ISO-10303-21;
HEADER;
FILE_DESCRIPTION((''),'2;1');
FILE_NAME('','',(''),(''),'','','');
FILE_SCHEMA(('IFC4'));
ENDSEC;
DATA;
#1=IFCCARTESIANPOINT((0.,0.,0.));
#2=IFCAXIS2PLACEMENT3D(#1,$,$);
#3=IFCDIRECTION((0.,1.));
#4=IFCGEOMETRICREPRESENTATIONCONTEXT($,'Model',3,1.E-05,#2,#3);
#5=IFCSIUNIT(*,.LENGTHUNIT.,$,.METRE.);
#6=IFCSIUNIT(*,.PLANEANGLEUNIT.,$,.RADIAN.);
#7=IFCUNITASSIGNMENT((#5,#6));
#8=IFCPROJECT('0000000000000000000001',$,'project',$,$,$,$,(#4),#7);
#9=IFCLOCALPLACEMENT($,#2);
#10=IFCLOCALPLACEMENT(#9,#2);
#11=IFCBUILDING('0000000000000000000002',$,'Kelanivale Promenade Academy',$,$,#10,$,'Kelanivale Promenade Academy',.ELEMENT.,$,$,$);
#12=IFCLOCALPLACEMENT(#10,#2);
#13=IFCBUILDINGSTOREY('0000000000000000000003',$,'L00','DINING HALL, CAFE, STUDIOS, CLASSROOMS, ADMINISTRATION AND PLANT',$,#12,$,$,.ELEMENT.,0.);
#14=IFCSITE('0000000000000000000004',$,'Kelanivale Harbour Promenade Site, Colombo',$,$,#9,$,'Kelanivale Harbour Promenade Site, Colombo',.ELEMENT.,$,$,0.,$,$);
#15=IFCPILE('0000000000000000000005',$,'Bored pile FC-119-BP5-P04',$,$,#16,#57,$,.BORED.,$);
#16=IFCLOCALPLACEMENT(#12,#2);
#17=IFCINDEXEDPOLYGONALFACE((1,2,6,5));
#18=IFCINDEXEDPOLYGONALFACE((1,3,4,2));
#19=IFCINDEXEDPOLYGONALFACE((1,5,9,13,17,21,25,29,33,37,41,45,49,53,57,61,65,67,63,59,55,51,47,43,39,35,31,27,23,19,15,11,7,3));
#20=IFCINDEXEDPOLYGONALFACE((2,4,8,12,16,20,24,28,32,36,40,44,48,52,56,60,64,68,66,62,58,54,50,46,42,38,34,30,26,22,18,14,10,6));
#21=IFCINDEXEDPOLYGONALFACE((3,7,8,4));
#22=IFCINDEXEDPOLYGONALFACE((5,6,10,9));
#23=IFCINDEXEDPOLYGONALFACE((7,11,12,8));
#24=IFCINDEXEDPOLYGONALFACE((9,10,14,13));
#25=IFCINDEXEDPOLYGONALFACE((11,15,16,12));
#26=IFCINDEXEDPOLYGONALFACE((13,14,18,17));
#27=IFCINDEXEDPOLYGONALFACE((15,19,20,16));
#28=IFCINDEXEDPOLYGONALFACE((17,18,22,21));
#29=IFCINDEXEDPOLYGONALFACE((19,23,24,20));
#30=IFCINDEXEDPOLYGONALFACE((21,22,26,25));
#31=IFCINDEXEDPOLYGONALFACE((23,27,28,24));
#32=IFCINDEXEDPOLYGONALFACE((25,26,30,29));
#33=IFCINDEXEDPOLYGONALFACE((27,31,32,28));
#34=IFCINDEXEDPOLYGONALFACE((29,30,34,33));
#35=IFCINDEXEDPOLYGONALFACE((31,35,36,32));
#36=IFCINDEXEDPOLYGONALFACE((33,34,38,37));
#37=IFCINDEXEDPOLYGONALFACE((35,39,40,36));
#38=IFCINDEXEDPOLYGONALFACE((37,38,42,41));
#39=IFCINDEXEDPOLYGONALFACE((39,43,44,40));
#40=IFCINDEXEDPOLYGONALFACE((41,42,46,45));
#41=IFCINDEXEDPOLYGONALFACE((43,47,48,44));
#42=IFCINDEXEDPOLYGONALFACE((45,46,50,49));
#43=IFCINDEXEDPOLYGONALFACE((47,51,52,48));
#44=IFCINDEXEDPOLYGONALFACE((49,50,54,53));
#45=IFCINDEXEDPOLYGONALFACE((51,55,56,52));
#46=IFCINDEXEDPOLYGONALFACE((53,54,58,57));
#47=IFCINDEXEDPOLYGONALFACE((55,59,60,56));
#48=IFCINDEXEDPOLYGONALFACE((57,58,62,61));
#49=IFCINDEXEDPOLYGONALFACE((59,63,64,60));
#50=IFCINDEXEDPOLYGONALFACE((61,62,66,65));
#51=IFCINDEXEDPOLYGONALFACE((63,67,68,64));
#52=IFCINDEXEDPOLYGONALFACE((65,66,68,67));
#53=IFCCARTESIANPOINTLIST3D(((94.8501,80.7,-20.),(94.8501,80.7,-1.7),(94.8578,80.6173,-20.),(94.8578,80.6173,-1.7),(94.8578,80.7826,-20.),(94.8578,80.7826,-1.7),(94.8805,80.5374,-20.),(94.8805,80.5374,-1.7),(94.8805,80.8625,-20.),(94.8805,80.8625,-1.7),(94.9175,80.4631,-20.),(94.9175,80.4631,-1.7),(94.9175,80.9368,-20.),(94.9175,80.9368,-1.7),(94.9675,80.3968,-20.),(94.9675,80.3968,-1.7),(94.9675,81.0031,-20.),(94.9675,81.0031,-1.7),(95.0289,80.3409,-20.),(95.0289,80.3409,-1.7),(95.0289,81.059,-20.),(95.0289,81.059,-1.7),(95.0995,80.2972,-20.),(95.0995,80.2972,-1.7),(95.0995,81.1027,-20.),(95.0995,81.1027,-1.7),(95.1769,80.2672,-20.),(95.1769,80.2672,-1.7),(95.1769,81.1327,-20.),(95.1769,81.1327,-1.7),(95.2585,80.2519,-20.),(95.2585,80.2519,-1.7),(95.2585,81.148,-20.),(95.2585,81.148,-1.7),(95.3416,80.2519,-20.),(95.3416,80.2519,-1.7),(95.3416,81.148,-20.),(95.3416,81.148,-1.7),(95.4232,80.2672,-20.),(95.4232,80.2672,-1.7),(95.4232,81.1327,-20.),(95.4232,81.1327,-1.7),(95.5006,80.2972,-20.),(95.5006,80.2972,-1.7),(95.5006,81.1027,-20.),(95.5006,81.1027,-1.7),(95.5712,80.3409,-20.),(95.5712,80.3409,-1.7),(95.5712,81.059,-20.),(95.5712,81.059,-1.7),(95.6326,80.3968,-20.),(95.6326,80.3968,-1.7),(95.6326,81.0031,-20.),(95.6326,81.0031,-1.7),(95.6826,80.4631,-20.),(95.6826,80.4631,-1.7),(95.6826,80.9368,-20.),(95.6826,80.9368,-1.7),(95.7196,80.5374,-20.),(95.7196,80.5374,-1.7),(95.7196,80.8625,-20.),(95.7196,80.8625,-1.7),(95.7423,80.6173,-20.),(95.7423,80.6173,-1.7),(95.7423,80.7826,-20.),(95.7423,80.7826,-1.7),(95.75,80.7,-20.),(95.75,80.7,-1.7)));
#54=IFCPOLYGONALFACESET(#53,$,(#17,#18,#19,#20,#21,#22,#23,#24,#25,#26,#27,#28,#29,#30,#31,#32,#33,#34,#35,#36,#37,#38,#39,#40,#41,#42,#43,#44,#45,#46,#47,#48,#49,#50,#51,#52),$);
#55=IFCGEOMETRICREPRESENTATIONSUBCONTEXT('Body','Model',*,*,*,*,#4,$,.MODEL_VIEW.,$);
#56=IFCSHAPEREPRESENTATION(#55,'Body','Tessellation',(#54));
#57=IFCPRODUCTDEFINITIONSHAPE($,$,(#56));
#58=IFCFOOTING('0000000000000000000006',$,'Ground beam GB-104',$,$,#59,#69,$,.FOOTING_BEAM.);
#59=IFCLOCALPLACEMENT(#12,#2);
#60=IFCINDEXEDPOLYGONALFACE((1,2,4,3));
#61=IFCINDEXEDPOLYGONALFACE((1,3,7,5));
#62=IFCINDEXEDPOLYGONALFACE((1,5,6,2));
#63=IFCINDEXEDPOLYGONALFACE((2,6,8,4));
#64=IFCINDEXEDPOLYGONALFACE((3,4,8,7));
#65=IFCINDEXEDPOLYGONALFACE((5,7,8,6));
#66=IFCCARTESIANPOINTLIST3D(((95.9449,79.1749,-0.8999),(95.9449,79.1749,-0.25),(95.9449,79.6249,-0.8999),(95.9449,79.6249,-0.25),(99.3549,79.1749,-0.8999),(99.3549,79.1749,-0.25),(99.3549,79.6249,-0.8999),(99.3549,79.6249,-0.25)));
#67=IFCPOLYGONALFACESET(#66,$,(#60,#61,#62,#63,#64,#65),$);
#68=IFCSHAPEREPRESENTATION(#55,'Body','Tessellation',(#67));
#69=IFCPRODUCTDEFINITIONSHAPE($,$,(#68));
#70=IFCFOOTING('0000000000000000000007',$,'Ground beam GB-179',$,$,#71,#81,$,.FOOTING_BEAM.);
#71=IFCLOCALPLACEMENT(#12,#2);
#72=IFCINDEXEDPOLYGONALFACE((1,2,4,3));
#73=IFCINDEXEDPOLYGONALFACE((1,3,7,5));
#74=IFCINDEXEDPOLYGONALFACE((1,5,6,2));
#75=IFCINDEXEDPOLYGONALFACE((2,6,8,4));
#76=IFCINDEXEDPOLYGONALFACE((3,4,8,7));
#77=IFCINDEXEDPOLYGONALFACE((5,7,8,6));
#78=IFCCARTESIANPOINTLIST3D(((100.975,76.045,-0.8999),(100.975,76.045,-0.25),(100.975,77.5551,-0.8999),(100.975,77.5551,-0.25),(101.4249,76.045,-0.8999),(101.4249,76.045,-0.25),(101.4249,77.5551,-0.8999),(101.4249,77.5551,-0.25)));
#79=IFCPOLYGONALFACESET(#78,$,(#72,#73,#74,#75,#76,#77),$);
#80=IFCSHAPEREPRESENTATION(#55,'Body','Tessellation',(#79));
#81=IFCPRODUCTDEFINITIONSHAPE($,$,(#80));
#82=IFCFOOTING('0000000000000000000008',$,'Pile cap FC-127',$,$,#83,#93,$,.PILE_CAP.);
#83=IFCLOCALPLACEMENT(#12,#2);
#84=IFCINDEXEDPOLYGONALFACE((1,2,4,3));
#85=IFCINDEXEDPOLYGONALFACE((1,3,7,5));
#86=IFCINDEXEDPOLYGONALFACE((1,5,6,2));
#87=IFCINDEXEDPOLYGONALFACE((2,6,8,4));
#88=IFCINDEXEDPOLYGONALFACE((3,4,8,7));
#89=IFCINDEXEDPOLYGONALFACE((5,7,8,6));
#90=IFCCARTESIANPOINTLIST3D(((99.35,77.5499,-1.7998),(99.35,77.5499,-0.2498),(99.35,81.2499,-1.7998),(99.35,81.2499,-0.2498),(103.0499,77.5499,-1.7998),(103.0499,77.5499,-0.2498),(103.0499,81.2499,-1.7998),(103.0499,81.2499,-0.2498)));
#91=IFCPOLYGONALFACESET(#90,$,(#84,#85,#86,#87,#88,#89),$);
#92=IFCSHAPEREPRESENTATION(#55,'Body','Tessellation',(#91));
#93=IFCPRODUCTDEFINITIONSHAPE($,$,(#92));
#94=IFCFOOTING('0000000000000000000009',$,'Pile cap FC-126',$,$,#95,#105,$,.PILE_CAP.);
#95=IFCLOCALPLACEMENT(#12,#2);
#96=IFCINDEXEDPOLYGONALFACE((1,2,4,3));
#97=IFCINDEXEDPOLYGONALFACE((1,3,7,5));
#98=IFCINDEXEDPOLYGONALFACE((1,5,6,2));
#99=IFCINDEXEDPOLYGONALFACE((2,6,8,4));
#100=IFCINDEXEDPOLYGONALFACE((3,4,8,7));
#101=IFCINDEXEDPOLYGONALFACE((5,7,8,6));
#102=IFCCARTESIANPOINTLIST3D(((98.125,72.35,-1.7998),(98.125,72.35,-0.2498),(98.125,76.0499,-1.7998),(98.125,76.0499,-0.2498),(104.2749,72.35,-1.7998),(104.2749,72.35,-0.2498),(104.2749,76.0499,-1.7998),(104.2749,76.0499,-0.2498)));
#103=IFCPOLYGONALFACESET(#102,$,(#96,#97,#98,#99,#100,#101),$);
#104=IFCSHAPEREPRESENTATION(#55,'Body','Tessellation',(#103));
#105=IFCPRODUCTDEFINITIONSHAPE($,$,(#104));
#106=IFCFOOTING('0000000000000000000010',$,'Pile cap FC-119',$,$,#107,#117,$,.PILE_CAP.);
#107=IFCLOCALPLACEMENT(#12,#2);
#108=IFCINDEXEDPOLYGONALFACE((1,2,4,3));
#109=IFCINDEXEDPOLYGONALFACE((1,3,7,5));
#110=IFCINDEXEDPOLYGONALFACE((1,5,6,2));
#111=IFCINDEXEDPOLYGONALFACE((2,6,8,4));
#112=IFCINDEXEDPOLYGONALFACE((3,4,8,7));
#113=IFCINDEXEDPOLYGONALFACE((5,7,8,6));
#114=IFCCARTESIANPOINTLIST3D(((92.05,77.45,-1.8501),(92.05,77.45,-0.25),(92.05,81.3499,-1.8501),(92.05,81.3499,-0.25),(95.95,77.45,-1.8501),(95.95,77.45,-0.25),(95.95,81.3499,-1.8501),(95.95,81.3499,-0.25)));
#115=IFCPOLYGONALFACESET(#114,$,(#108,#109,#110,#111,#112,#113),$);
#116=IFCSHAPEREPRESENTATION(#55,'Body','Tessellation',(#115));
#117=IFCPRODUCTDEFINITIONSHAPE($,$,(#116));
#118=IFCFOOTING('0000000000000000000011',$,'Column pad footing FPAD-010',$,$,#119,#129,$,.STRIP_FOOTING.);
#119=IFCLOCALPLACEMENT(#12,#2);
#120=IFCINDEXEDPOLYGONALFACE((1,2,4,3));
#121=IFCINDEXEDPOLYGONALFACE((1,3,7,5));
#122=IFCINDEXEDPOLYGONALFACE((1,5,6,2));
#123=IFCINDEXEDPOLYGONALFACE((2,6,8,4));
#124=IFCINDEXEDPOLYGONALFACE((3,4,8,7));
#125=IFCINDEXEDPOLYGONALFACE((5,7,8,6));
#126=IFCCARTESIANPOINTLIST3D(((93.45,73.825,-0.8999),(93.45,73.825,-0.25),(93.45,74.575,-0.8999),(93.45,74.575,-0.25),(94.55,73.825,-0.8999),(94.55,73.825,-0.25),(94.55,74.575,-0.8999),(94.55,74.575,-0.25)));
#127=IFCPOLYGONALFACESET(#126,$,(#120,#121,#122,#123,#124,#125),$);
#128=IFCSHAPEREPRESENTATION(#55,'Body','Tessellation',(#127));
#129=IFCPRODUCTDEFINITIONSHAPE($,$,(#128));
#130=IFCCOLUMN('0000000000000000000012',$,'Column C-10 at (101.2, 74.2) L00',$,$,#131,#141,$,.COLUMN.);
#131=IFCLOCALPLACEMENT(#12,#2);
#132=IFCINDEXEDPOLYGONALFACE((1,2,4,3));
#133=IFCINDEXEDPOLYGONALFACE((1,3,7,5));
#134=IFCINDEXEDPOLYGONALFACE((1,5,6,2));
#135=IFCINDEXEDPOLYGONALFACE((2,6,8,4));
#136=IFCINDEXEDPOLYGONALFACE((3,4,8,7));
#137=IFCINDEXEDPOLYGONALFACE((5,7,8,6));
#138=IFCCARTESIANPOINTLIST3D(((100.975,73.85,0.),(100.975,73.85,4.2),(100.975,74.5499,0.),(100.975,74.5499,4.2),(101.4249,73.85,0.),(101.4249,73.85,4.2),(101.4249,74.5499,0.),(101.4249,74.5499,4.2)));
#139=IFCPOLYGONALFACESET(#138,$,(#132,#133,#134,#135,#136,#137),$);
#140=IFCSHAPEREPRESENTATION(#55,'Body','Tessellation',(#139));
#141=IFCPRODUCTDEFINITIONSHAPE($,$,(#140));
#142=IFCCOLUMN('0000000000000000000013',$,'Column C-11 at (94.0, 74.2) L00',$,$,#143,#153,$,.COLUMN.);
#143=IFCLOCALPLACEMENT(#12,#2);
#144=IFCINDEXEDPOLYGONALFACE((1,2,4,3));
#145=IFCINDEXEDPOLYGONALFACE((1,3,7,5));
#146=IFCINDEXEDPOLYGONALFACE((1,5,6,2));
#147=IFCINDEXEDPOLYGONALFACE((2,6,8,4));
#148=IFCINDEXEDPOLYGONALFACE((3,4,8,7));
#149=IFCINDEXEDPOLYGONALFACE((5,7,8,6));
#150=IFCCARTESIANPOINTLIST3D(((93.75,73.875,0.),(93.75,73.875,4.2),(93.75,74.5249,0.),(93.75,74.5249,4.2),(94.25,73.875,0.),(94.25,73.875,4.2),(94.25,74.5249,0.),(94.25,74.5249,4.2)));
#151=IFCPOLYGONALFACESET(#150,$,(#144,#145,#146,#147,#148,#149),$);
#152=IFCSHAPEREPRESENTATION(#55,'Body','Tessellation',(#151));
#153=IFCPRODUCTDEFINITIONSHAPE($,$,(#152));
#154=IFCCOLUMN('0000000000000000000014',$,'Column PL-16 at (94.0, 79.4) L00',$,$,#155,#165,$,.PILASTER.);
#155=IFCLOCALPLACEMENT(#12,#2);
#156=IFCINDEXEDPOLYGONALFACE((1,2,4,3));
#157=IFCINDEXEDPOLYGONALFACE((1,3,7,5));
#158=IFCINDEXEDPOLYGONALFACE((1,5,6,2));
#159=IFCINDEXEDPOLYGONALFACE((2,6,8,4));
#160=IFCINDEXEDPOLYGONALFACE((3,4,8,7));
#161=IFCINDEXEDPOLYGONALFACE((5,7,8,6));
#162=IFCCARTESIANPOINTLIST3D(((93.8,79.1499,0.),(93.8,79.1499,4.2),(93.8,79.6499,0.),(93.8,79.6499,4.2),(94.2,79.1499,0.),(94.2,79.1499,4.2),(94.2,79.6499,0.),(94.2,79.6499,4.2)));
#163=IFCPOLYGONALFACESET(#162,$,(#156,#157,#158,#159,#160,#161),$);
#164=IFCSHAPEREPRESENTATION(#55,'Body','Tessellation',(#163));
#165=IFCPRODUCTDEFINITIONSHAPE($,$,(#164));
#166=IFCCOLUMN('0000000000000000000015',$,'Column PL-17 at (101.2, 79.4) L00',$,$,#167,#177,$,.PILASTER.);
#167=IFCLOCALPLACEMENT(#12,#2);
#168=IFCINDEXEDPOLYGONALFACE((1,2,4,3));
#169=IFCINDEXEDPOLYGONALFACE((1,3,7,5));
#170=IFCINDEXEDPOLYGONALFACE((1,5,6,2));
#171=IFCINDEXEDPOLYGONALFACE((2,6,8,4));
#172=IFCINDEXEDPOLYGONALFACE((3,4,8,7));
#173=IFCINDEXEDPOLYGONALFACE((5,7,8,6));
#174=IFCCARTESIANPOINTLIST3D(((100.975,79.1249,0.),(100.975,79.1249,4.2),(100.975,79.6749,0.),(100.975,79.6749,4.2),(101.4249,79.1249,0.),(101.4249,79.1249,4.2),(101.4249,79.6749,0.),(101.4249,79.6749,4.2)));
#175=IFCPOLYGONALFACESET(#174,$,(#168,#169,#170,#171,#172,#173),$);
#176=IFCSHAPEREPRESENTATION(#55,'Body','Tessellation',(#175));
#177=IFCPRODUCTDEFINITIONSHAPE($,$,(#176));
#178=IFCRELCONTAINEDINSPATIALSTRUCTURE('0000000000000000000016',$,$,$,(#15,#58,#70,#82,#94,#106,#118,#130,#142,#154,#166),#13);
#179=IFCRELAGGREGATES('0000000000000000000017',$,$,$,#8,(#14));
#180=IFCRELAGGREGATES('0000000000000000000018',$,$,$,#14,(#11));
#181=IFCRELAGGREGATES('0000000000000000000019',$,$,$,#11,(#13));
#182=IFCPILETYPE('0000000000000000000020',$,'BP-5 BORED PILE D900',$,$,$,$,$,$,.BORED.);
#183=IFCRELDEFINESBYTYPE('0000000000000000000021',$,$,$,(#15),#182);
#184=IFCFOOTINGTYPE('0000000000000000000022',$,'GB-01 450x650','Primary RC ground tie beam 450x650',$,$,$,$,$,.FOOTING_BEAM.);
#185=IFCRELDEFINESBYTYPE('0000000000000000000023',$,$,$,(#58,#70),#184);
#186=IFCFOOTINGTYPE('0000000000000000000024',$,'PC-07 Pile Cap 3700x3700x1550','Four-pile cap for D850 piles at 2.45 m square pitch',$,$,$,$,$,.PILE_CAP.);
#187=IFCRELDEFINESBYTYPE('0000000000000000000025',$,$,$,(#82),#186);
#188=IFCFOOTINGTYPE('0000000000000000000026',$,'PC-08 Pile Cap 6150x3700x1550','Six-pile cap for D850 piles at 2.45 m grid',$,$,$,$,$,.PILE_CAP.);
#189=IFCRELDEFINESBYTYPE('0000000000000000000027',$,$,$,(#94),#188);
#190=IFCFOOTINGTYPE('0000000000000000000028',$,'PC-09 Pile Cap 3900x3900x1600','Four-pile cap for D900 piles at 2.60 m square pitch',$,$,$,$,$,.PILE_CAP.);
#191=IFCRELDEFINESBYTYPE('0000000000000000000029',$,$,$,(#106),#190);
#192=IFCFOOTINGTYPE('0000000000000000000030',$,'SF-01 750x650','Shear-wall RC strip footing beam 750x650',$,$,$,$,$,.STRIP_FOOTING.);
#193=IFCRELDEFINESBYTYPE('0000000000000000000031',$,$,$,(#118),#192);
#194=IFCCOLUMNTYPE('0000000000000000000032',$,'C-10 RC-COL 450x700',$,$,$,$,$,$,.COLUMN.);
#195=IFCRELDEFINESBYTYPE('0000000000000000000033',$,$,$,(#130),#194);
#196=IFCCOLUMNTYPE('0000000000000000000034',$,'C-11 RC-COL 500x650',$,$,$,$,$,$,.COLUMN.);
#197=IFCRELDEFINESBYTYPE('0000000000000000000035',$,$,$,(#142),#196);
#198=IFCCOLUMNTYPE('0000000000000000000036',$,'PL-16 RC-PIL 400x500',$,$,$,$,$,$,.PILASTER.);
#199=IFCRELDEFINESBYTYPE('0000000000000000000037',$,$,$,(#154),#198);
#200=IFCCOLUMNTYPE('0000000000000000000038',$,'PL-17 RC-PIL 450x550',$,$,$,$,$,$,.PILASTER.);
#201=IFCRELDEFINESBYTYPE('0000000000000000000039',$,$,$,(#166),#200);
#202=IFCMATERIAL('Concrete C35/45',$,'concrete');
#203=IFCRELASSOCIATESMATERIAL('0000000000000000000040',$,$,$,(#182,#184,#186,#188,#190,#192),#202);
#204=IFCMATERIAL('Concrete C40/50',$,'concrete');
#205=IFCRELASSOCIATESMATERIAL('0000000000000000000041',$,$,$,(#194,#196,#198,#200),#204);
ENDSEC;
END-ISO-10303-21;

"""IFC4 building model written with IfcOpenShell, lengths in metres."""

from ifc_helpers import new_model, si_unit, direction, frame, origin, origin_2d, place, context, subcontext, project, spatial, rectangle, circle, extrude, material, material_profile, profile_set, type_object, element, save


model = new_model("IFC4")

# Units and contexts
model_context = context("Model", 3, precision=1e-05, world=origin(), true_north=direction((0.0, 1.0)))
body_context = subcontext(model_context, "Body", "Model", "MODEL_VIEW")
ifc_project = project(units=[si_unit("LENGTHUNIT", "METRE"), si_unit("PLANEANGLEUNIT", "RADIAN")], contexts=[model_context])

# Site, building, storey
site_placement = place(None, origin())
site = spatial("IfcSite", under=ifc_project, at=site_placement, Name="Kelanivale Harbour Promenade Site, Colombo", LongName="Kelanivale Harbour Promenade Site, Colombo", CompositionType="ELEMENT", RefElevation=0.0)
building_placement = place(site_placement, origin())
building = spatial("IfcBuilding", under=site, at=building_placement, Name="Kelanivale Promenade Academy", LongName="Kelanivale Promenade Academy", CompositionType="ELEMENT")
storey_placement = place(building_placement, origin())
storey = spatial("IfcBuildingStorey", under=building, at=storey_placement, Name="L00", Description="DINING HALL, CAFE, STUDIOS, CLASSROOMS, ADMINISTRATION AND PLANT", CompositionType="ELEMENT", Elevation=0.0)

# Pile
ifc_material_1 = material(Name="Concrete C35/45", Category="concrete")
ifc_material_profile_1 = material_profile(ifc_material_1, circle(Radius=0.45, at=origin_2d()), Name="BORED PILE D900")
ifc_profile_set_1 = profile_set([ifc_material_profile_1], Name="Concrete C35/45")
pile_type_1 = type_object("IfcPileType", Name="BP-5 BORED PILE D900", PredefinedType="BORED", material=ifc_profile_set_1)
for number, where, z_axis, x_axis, name in (
    (1, (95.3, 80.7, -1.7), (0.0, 0.0, -1.0), (1.0, 0.0, 0.0), "Bored pile FC-119-BP5-P04"),
):
    element("IfcPile", number, at=place(storey_placement, frame(where, z_axis=z_axis, x_axis=x_axis)), inside=storey, type_object=pile_type_1, Name=name, PredefinedType="BORED", context=body_context, shape_type="SweptSolid", body=[
        extrude(circle(Radius=0.45, at=origin_2d()), origin(), (0.0, 0.0, 1.0), 18.3),
    ])

# Footings
footing_type_1 = type_object("IfcFootingType", Name="GB-01 450x650", Description="Primary RC ground tie beam 450x650", PredefinedType="FOOTING_BEAM", material=ifc_material_1)
footing_1_placement = place(storey_placement, frame((97.6499, 79.3999, -0.8999), z_axis=(0.0, 0.0, 1.0), x_axis=(1.0, 0.0, 0.0)))
element("IfcFooting", 2, at=footing_1_placement, inside=storey, type_object=footing_type_1, Name="Ground beam GB-104", PredefinedType="FOOTING_BEAM", context=body_context, shape_type="SweptSolid", body=[
    extrude(rectangle(XDim=3.4099, YDim=0.45, at=origin_2d()), origin(), (0.0, 0.0, 1.0), 0.6499),
])
footing_2_placement = place(storey_placement, frame((101.2, 76.8, -0.8999), z_axis=(0.0, 0.0, 1.0), x_axis=(0.0, 1.0, 0.0)))
element("IfcFooting", 3, at=footing_2_placement, inside=storey, type_object=footing_type_1, Name="Ground beam GB-179", PredefinedType="FOOTING_BEAM", context=body_context, shape_type="SweptSolid", body=[
    extrude(rectangle(XDim=1.51, YDim=0.45, at=origin_2d()), origin(), (0.0, 0.0, 1.0), 0.6499),
])
footing_type_2 = type_object("IfcFootingType", Name="PC-07 Pile Cap 3700x3700x1550", Description="Four-pile cap for D850 piles at 2.45 m square pitch", PredefinedType="PILE_CAP", material=ifc_material_1)
footing_3_placement = place(storey_placement, frame((101.2, 79.3999, -1.7998), z_axis=(0.0, 0.0, 1.0), x_axis=(1.0, 0.0, 0.0)))
element("IfcFooting", 4, at=footing_3_placement, inside=storey, type_object=footing_type_2, Name="Pile cap FC-127", PredefinedType="PILE_CAP", context=body_context, shape_type="SweptSolid", body=[
    extrude(rectangle(XDim=3.7, YDim=3.7, at=origin_2d()), origin(), (0.0, 0.0, 1.0), 1.55),
])
footing_type_3 = type_object("IfcFootingType", Name="PC-08 Pile Cap 6150x3700x1550", Description="Six-pile cap for D850 piles at 2.45 m grid", PredefinedType="PILE_CAP", material=ifc_material_1)
footing_4_placement = place(storey_placement, frame((101.2, 74.2, -1.7998), z_axis=(0.0, 0.0, 1.0), x_axis=(1.0, 0.0, 0.0)))
element("IfcFooting", 5, at=footing_4_placement, inside=storey, type_object=footing_type_3, Name="Pile cap FC-126", PredefinedType="PILE_CAP", context=body_context, shape_type="SweptSolid", body=[
    extrude(rectangle(XDim=6.1499, YDim=3.7, at=origin_2d()), origin(), (0.0, 0.0, 1.0), 1.55),
])
footing_type_4 = type_object("IfcFootingType", Name="PC-09 Pile Cap 3900x3900x1600", Description="Four-pile cap for D900 piles at 2.60 m square pitch", PredefinedType="PILE_CAP", material=ifc_material_1)
footing_5_placement = place(storey_placement, frame((94.0, 79.3999, -1.8501), z_axis=(0.0, 0.0, 1.0), x_axis=(1.0, 0.0, 0.0)))
element("IfcFooting", 6, at=footing_5_placement, inside=storey, type_object=footing_type_4, Name="Pile cap FC-119", PredefinedType="PILE_CAP", context=body_context, shape_type="SweptSolid", body=[
    extrude(rectangle(XDim=3.8999, YDim=3.8999, at=origin_2d()), origin(), (0.0, 0.0, 1.0), 1.6001),
])
footing_type_5 = type_object("IfcFootingType", Name="SF-01 750x650", Description="Shear-wall RC strip footing beam 750x650", PredefinedType="STRIP_FOOTING", material=ifc_material_1)
footing_6_placement = place(storey_placement, frame((94.0, 74.2, -0.8999), z_axis=(0.0, 0.0, 1.0), x_axis=(1.0, 0.0, 0.0)))
element("IfcFooting", 7, at=footing_6_placement, inside=storey, type_object=footing_type_5, Name="Column pad footing FPAD-010", PredefinedType="STRIP_FOOTING", context=body_context, shape_type="SweptSolid", body=[
    extrude(rectangle(XDim=1.1001, YDim=0.75, at=origin_2d()), origin(), (0.0, 0.0, 1.0), 0.6499),
])

# Columns
ifc_material_2 = material(Name="Concrete C40/50", Category="concrete")
ifc_material_profile_2 = material_profile(ifc_material_2, rectangle(XDim=0.45, YDim=0.7, at=origin_2d()), Name="RC-COL 450x700")
ifc_profile_set_2 = profile_set([ifc_material_profile_2], Name="Concrete C40/50")
column_type_1 = type_object("IfcColumnType", Name="C-10 RC-COL 450x700", PredefinedType="COLUMN", material=ifc_profile_set_2)
column_1_placement = place(storey_placement, frame((101.2, 74.2, 0.0), z_axis=(0.0, 0.0, 1.0), x_axis=(1.0, 0.0, 0.0)))
element("IfcColumn", 8, at=column_1_placement, inside=storey, type_object=column_type_1, Name="Column C-10 at (101.2, 74.2) L00", PredefinedType="COLUMN", context=body_context, shape_type="SweptSolid", body=[
    extrude(rectangle(XDim=0.45, YDim=0.7, at=origin_2d()), origin(), (0.0, 0.0, 1.0), 4.2),
])
ifc_material_profile_3 = material_profile(ifc_material_2, rectangle(XDim=0.5, YDim=0.6499, at=origin_2d()), Name="RC-COL 500x650")
ifc_profile_set_3 = profile_set([ifc_material_profile_3], Name="Concrete C40/50")
column_type_2 = type_object("IfcColumnType", Name="C-11 RC-COL 500x650", PredefinedType="COLUMN", material=ifc_profile_set_3)
column_2_placement = place(storey_placement, frame((94.0, 74.2, 0.0), z_axis=(0.0, 0.0, 1.0), x_axis=(1.0, 0.0, 0.0)))
element("IfcColumn", 9, at=column_2_placement, inside=storey, type_object=column_type_2, Name="Column C-11 at (94.0, 74.2) L00", PredefinedType="COLUMN", context=body_context, shape_type="SweptSolid", body=[
    extrude(rectangle(XDim=0.5, YDim=0.6499, at=origin_2d()), origin(), (0.0, 0.0, 1.0), 4.2),
])
ifc_material_profile_4 = material_profile(ifc_material_2, rectangle(XDim=0.3999, YDim=0.5, at=origin_2d()), Name="RC-PIL 400x500")
ifc_profile_set_4 = profile_set([ifc_material_profile_4], Name="Concrete C40/50")
column_type_3 = type_object("IfcColumnType", Name="PL-16 RC-PIL 400x500", PredefinedType="PILASTER", material=ifc_profile_set_4)
column_3_placement = place(storey_placement, frame((94.0, 79.3999, 0.0), z_axis=(0.0, 0.0, 1.0), x_axis=(1.0, 0.0, 0.0)))
element("IfcColumn", 10, at=column_3_placement, inside=storey, type_object=column_type_3, Name="Column PL-16 at (94.0, 79.4) L00", PredefinedType="PILASTER", context=body_context, shape_type="SweptSolid", body=[
    extrude(rectangle(XDim=0.3999, YDim=0.5, at=origin_2d()), origin(), (0.0, 0.0, 1.0), 4.2),
])
ifc_material_profile_5 = material_profile(ifc_material_2, rectangle(XDim=0.45, YDim=0.55, at=origin_2d()), Name="RC-PIL 450x550")
ifc_profile_set_5 = profile_set([ifc_material_profile_5], Name="Concrete C40/50")
column_type_4 = type_object("IfcColumnType", Name="PL-17 RC-PIL 450x550", PredefinedType="PILASTER", material=ifc_profile_set_5)
column_4_placement = place(storey_placement, frame((101.2, 79.3999, 0.0), z_axis=(0.0, 0.0, 1.0), x_axis=(1.0, 0.0, 0.0)))
element("IfcColumn", 11, at=column_4_placement, inside=storey, type_object=column_type_4, Name="Column PL-17 at (101.2, 79.4) L00", PredefinedType="PILASTER", context=body_context, shape_type="SweptSolid", body=[
    extrude(rectangle(XDim=0.45, YDim=0.55, at=origin_2d()), origin(), (0.0, 0.0, 1.0), 4.2),
])

save(model, "model.ifc")
